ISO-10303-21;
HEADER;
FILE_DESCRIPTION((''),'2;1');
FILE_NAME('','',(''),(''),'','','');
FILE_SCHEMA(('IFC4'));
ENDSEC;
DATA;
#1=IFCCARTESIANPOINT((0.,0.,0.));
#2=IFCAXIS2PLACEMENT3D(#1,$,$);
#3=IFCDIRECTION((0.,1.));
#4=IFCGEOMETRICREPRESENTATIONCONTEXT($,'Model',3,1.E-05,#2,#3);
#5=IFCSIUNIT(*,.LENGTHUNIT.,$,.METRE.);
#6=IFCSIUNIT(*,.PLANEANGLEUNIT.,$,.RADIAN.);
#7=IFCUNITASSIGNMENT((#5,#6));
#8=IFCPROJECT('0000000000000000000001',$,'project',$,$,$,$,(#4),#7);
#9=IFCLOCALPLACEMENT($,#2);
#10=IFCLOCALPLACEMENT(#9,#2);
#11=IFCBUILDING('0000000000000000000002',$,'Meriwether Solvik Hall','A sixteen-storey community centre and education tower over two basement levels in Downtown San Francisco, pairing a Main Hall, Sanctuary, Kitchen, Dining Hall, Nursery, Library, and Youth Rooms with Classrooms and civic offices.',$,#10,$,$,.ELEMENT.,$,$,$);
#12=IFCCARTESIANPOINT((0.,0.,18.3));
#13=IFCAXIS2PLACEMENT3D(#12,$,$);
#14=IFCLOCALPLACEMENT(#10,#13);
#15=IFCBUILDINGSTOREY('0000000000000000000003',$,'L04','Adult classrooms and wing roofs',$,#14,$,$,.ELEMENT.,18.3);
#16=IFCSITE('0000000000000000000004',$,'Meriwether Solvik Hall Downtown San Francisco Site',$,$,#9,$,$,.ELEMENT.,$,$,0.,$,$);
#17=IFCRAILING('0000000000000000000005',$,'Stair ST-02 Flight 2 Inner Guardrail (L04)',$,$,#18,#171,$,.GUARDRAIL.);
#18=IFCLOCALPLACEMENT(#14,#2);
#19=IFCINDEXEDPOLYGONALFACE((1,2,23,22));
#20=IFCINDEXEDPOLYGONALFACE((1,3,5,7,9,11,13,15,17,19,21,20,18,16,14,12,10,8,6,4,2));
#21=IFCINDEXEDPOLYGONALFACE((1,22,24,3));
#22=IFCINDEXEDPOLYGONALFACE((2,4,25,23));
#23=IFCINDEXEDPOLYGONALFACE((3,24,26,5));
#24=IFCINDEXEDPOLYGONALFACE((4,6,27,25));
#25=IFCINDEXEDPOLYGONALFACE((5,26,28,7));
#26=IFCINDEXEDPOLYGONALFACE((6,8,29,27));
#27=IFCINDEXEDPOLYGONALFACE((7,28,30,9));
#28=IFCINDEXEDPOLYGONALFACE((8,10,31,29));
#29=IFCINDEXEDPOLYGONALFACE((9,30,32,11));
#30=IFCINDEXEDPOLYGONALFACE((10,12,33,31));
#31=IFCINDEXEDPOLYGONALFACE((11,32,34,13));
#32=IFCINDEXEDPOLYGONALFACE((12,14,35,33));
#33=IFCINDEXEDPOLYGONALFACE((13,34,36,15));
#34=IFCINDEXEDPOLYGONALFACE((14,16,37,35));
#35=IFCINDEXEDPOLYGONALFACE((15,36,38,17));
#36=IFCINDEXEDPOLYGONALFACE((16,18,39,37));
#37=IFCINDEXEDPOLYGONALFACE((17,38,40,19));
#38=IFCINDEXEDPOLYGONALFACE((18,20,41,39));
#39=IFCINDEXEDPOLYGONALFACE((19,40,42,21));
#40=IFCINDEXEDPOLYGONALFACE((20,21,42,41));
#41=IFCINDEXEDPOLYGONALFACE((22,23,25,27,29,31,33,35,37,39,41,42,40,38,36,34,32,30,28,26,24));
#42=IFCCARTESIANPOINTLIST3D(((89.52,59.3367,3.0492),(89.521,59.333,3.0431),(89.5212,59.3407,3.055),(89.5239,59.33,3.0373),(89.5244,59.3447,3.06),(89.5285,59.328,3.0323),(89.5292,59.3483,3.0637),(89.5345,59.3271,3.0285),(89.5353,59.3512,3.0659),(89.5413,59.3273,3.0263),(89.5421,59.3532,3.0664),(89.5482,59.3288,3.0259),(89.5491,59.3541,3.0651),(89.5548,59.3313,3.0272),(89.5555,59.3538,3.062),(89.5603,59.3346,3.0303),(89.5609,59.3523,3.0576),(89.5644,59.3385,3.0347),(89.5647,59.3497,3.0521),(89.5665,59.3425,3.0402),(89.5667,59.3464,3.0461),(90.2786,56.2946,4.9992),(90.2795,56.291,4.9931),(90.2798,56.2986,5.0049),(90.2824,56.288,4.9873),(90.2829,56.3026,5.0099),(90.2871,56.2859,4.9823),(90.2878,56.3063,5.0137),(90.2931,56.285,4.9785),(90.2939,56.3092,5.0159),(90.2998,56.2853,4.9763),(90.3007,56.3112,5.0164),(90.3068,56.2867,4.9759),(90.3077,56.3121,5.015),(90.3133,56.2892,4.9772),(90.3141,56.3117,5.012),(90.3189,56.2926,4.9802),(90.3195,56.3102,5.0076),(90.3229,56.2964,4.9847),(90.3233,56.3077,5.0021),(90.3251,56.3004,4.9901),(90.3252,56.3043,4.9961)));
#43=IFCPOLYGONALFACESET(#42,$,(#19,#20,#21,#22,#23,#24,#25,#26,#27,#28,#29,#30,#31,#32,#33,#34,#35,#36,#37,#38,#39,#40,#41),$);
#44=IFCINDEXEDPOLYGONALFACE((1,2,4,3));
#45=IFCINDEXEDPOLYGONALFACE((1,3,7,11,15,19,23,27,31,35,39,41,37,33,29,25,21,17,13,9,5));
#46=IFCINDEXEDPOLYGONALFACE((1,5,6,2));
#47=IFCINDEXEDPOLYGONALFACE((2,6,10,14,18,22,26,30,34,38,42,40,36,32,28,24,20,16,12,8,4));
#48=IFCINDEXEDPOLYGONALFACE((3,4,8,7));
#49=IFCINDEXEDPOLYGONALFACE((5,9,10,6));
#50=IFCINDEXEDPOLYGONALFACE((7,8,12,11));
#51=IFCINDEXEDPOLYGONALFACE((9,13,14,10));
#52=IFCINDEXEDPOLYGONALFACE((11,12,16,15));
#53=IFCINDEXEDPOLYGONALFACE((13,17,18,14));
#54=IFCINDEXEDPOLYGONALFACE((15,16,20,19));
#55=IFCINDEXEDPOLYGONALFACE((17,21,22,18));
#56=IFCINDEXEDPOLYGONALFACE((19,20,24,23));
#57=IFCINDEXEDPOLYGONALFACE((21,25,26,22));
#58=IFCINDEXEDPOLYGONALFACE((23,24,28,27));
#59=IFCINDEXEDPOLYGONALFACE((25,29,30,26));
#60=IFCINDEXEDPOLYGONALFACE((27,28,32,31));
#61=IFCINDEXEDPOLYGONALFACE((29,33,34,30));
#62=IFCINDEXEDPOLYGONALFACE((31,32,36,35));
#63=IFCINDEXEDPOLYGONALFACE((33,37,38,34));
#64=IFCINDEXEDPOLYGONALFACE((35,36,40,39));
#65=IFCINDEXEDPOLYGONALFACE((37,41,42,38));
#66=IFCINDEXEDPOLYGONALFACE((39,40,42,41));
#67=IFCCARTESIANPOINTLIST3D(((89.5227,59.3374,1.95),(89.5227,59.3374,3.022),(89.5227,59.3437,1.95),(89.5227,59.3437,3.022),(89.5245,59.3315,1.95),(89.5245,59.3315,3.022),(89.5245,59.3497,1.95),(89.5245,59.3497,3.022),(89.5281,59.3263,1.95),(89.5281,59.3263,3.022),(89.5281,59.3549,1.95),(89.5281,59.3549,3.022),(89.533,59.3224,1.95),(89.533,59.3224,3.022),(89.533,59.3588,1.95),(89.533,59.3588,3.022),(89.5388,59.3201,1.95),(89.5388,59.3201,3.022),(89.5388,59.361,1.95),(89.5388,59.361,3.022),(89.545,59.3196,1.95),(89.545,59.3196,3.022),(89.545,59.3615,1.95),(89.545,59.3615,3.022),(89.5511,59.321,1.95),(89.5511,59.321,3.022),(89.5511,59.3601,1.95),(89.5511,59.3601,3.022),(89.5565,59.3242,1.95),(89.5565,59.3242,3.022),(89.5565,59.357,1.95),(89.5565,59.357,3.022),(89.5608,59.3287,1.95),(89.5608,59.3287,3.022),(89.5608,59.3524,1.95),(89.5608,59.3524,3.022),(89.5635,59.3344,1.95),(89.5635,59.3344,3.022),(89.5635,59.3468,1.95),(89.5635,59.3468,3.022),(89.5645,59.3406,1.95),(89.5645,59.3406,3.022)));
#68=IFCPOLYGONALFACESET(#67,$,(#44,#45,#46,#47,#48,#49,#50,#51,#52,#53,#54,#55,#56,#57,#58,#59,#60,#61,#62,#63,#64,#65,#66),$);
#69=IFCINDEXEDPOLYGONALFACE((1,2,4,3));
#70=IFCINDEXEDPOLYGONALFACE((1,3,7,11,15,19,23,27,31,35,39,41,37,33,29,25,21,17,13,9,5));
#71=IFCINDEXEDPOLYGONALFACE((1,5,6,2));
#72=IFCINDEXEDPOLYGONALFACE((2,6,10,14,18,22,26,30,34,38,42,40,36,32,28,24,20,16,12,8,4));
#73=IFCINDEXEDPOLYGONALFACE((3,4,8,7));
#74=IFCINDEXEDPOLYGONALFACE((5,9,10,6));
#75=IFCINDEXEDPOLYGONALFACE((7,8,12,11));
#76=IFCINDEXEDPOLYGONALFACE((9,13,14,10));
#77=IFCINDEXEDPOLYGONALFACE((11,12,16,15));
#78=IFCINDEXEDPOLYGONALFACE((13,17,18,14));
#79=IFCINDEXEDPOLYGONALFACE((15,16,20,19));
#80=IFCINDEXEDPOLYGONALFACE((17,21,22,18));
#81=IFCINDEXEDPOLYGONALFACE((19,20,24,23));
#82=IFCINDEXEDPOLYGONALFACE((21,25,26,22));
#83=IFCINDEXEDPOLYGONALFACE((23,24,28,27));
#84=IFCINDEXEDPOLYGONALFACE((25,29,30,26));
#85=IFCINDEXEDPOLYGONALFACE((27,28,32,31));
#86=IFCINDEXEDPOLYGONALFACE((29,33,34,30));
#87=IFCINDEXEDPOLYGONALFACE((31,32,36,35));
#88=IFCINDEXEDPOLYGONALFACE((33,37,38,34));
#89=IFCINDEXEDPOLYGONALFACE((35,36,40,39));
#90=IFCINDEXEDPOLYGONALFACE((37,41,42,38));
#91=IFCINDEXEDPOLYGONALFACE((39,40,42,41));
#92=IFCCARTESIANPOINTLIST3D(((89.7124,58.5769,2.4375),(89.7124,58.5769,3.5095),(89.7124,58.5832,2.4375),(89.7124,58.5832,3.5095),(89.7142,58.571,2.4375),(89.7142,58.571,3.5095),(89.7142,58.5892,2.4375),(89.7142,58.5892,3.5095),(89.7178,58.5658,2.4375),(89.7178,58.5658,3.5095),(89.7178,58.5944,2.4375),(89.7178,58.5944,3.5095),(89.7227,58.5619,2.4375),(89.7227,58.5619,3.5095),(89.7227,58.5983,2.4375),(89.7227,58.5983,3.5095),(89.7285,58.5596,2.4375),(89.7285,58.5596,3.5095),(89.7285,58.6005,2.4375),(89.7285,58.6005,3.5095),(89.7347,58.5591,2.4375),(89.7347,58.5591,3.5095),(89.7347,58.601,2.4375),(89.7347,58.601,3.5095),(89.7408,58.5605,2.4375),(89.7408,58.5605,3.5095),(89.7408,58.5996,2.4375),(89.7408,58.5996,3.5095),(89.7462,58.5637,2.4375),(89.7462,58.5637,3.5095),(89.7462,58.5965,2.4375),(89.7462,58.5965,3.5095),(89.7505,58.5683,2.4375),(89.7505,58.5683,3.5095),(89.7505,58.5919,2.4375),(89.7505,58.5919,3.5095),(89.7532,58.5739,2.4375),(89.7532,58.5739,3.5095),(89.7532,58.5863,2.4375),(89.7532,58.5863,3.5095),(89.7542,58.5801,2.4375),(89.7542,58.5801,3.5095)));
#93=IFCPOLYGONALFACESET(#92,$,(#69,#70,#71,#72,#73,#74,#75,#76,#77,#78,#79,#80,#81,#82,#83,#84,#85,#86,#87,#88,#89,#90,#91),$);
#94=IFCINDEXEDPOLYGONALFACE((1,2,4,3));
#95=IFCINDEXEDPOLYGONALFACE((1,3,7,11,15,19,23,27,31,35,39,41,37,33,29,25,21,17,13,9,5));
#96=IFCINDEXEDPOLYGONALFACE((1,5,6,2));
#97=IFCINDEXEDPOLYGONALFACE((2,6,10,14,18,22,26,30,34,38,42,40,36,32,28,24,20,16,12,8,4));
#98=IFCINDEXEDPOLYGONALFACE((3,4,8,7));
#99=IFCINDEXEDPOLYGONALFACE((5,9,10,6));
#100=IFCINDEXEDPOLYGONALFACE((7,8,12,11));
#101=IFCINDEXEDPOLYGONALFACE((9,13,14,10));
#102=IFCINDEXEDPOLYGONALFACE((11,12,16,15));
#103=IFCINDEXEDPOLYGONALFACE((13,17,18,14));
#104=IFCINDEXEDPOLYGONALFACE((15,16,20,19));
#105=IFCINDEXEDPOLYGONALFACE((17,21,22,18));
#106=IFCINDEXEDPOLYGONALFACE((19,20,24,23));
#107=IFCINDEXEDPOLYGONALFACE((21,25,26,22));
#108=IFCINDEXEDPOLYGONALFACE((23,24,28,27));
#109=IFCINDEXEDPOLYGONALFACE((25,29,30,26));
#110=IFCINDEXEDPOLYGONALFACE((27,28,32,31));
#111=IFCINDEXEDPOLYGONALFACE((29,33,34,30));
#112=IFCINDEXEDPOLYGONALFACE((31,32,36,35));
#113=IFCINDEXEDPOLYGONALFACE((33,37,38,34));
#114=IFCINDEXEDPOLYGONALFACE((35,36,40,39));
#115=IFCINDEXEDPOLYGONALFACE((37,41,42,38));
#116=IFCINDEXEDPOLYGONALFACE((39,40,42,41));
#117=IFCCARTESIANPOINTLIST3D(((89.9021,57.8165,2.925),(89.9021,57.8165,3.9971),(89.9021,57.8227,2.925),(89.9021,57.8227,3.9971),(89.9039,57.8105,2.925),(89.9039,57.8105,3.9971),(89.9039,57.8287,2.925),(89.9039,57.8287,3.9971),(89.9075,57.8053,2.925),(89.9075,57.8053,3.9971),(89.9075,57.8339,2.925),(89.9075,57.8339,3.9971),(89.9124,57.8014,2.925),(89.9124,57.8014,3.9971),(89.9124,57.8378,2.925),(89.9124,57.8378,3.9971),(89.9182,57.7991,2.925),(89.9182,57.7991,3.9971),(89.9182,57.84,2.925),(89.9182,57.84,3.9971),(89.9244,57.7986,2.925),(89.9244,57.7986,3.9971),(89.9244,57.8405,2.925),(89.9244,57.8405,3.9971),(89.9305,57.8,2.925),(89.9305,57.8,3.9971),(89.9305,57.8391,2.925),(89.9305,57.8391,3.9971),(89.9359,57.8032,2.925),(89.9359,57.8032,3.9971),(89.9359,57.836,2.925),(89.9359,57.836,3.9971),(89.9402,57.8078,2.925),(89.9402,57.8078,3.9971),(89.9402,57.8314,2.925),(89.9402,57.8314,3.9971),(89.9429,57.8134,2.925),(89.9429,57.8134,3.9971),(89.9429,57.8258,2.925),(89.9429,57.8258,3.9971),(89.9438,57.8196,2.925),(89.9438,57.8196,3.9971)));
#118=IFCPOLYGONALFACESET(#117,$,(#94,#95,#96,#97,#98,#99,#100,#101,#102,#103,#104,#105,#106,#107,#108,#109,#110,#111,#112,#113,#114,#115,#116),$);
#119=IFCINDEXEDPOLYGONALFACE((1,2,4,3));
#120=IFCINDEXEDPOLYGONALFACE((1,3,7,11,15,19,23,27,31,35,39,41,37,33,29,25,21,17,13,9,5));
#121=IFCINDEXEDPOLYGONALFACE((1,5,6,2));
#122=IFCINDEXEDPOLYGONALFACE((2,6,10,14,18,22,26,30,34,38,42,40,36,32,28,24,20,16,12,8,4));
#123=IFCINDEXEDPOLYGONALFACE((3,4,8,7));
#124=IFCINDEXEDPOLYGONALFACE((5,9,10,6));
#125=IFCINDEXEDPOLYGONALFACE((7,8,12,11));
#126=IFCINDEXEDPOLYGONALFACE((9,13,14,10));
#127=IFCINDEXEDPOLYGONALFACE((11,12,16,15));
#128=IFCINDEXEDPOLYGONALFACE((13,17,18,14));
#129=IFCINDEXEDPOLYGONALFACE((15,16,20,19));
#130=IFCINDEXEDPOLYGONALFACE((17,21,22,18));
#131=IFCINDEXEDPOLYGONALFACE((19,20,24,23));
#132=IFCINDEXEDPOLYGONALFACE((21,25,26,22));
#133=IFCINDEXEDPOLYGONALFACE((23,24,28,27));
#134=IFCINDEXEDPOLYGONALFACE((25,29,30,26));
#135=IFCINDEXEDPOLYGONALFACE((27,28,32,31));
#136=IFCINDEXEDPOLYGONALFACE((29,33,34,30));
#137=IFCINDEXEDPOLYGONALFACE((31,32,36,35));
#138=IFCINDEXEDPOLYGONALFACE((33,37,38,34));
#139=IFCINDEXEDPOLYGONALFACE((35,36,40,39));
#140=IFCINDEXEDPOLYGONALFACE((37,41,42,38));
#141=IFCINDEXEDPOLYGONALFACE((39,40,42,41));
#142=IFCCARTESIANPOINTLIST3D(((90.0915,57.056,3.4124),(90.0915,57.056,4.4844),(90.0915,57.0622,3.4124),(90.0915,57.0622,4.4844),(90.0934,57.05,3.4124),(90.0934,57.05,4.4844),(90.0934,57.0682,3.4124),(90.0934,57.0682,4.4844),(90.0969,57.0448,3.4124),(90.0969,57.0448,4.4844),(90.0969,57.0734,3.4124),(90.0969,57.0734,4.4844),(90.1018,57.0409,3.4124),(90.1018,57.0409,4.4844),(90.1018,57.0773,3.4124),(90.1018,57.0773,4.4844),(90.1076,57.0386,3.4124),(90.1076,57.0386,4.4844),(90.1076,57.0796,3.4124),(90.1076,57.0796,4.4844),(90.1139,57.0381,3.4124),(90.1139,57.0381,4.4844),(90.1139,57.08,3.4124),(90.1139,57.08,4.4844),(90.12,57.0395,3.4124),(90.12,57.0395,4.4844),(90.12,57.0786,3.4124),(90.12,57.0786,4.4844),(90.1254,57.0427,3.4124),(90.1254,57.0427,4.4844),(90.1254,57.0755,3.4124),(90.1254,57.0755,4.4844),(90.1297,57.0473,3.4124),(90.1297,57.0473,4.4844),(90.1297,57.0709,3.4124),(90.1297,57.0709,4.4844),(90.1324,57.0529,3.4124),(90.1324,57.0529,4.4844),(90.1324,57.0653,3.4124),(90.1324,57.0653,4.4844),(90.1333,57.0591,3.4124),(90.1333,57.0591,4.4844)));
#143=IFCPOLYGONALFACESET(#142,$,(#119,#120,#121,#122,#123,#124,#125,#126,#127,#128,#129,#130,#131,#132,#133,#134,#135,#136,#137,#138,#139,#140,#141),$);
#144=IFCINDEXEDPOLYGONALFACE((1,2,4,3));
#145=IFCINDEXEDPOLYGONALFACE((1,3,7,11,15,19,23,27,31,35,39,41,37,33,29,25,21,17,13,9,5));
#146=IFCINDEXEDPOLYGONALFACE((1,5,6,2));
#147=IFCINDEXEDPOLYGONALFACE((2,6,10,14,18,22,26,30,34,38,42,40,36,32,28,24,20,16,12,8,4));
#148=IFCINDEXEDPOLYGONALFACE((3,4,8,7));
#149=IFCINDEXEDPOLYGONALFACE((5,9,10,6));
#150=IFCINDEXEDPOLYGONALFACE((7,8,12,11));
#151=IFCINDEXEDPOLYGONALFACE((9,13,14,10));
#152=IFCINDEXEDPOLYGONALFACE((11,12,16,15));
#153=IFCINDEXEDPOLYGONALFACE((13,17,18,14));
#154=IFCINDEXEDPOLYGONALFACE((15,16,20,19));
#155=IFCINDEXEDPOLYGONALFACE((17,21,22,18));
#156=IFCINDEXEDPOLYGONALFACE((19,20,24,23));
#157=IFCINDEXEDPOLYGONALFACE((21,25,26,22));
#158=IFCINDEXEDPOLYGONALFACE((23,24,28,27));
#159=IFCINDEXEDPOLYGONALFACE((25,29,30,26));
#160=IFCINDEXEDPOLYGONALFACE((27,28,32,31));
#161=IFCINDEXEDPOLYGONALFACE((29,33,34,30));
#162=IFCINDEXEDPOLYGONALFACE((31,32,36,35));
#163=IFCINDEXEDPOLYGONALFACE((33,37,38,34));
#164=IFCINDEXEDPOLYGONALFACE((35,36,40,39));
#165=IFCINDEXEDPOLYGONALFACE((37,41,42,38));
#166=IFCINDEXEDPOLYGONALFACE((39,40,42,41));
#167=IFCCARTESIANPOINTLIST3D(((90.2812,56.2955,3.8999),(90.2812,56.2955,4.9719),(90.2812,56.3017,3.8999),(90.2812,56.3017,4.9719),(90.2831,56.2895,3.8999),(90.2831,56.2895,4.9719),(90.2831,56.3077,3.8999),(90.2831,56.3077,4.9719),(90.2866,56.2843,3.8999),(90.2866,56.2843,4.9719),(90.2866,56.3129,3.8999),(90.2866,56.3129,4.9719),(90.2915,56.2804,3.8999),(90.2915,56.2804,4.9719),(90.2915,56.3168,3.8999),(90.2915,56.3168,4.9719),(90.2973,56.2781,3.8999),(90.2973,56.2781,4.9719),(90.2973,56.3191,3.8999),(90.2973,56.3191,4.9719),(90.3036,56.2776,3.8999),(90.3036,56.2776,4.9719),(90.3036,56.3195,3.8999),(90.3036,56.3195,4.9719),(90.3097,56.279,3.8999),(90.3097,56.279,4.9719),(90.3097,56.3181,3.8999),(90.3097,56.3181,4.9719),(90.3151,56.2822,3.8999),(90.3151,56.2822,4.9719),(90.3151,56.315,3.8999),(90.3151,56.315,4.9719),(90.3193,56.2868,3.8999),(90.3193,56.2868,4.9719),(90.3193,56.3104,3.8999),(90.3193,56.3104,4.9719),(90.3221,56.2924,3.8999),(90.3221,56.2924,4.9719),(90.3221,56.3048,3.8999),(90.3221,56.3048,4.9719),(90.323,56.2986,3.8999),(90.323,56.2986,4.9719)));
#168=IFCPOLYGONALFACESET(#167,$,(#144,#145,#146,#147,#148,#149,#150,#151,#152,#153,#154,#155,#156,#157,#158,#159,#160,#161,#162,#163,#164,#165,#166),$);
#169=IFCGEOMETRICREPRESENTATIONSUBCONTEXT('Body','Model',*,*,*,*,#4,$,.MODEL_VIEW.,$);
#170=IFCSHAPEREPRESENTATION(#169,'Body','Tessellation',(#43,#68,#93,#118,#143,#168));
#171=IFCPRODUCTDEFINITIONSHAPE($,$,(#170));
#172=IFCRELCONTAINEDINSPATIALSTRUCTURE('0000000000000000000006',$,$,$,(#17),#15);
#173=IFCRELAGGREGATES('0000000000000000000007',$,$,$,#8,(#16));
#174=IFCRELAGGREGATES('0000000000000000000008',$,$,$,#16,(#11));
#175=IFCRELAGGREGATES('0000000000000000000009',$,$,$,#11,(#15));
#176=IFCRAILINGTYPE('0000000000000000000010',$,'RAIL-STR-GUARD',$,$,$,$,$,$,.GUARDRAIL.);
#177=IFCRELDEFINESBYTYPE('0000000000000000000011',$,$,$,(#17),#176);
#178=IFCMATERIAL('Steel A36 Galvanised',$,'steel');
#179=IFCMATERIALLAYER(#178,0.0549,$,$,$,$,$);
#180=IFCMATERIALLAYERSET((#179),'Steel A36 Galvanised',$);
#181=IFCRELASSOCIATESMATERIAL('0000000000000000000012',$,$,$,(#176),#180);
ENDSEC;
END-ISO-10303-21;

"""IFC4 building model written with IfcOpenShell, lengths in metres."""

from ifc_helpers import new_model, si_unit, direction, frame, origin, origin_2d, place, context, subcontext, project, spatial, circle, extrude, material, layer, layer_set, type_object, element, save


model = new_model("IFC4")

# Units and contexts
model_context = context("Model", 3, precision=1e-05, world=origin(), true_north=direction((0.0, 1.0)))
body_context = subcontext(model_context, "Body", "Model", "MODEL_VIEW")
ifc_project = project(units=[si_unit("LENGTHUNIT", "METRE"), si_unit("PLANEANGLEUNIT", "RADIAN")], contexts=[model_context])

# Site, building, storey
site_placement = place(None, origin())
site = spatial("IfcSite", under=ifc_project, at=site_placement, Name="Meriwether Solvik Hall Downtown San Francisco Site", CompositionType="ELEMENT", RefElevation=0.0)
building_placement = place(site_placement, origin())
building = spatial("IfcBuilding", under=site, at=building_placement, Name="Meriwether Solvik Hall", Description="A sixteen-storey community centre and education tower over two basement levels in Downtown San Francisco, pairing a Main Hall, Sanctuary, Kitchen, Dining Hall, Nursery, Library, and Youth Rooms with Classrooms and civic offices.", CompositionType="ELEMENT")
storey_placement = place(building_placement, frame((0.0, 0.0, 18.3)))
storey = spatial("IfcBuildingStorey", under=building, at=storey_placement, Name="L04", Description="Adult classrooms and wing roofs", CompositionType="ELEMENT", Elevation=18.3)

# Railing
ifc_material_1 = material(Name="Steel A36 Galvanised", Category="steel")
ifc_layer_1 = layer(ifc_material_1, 0.0549)
ifc_layer_set_1 = layer_set([ifc_layer_1], Name="Steel A36 Galvanised")
railing_type = type_object("IfcRailingType", Name="RAIL-STR-GUARD", PredefinedType="GUARDRAIL", material=ifc_layer_set_1)
railing_1_placement = place(storey_placement, frame((89.5435, 59.3406, 1.95)))
element("IfcRailing", 1, at=railing_1_placement, inside=storey, type_object=railing_type, Name="Stair ST-02 Flight 2 Inner Guardrail (L04)", PredefinedType="GUARDRAIL", context=body_context, shape_type="SweptSolid", body=[
    extrude(circle(Radius=0.0239, at=origin_2d()), frame((0.0, 0.0, 1.0962), z_axis=(0.205452, -0.823925, 0.528145), x_axis=(0.970289, 0.241949, 0.0)), (0.0, 0.0, 1.0), 3.6921),
    extrude(circle(Radius=0.021, at=origin_2d()), origin(), (0.0, 0.0, 1.0), 1.072),
    extrude(circle(Radius=0.021, at=origin_2d()), frame((0.1897, -0.7605, 0.4875)), (0.0, 0.0, 1.0), 1.072),
    extrude(circle(Radius=0.021, at=origin_2d()), frame((0.3794, -1.521, 0.9751)), (0.0, 0.0, 1.0), 1.072),
    extrude(circle(Radius=0.021, at=origin_2d()), frame((0.5688, -2.2815, 1.4624)), (0.0, 0.0, 1.0), 1.072),
    extrude(circle(Radius=0.021, at=origin_2d()), frame((0.7585, -3.042, 1.95)), (0.0, 0.0, 1.0), 1.072),
])

save(model, "model.ifc")
